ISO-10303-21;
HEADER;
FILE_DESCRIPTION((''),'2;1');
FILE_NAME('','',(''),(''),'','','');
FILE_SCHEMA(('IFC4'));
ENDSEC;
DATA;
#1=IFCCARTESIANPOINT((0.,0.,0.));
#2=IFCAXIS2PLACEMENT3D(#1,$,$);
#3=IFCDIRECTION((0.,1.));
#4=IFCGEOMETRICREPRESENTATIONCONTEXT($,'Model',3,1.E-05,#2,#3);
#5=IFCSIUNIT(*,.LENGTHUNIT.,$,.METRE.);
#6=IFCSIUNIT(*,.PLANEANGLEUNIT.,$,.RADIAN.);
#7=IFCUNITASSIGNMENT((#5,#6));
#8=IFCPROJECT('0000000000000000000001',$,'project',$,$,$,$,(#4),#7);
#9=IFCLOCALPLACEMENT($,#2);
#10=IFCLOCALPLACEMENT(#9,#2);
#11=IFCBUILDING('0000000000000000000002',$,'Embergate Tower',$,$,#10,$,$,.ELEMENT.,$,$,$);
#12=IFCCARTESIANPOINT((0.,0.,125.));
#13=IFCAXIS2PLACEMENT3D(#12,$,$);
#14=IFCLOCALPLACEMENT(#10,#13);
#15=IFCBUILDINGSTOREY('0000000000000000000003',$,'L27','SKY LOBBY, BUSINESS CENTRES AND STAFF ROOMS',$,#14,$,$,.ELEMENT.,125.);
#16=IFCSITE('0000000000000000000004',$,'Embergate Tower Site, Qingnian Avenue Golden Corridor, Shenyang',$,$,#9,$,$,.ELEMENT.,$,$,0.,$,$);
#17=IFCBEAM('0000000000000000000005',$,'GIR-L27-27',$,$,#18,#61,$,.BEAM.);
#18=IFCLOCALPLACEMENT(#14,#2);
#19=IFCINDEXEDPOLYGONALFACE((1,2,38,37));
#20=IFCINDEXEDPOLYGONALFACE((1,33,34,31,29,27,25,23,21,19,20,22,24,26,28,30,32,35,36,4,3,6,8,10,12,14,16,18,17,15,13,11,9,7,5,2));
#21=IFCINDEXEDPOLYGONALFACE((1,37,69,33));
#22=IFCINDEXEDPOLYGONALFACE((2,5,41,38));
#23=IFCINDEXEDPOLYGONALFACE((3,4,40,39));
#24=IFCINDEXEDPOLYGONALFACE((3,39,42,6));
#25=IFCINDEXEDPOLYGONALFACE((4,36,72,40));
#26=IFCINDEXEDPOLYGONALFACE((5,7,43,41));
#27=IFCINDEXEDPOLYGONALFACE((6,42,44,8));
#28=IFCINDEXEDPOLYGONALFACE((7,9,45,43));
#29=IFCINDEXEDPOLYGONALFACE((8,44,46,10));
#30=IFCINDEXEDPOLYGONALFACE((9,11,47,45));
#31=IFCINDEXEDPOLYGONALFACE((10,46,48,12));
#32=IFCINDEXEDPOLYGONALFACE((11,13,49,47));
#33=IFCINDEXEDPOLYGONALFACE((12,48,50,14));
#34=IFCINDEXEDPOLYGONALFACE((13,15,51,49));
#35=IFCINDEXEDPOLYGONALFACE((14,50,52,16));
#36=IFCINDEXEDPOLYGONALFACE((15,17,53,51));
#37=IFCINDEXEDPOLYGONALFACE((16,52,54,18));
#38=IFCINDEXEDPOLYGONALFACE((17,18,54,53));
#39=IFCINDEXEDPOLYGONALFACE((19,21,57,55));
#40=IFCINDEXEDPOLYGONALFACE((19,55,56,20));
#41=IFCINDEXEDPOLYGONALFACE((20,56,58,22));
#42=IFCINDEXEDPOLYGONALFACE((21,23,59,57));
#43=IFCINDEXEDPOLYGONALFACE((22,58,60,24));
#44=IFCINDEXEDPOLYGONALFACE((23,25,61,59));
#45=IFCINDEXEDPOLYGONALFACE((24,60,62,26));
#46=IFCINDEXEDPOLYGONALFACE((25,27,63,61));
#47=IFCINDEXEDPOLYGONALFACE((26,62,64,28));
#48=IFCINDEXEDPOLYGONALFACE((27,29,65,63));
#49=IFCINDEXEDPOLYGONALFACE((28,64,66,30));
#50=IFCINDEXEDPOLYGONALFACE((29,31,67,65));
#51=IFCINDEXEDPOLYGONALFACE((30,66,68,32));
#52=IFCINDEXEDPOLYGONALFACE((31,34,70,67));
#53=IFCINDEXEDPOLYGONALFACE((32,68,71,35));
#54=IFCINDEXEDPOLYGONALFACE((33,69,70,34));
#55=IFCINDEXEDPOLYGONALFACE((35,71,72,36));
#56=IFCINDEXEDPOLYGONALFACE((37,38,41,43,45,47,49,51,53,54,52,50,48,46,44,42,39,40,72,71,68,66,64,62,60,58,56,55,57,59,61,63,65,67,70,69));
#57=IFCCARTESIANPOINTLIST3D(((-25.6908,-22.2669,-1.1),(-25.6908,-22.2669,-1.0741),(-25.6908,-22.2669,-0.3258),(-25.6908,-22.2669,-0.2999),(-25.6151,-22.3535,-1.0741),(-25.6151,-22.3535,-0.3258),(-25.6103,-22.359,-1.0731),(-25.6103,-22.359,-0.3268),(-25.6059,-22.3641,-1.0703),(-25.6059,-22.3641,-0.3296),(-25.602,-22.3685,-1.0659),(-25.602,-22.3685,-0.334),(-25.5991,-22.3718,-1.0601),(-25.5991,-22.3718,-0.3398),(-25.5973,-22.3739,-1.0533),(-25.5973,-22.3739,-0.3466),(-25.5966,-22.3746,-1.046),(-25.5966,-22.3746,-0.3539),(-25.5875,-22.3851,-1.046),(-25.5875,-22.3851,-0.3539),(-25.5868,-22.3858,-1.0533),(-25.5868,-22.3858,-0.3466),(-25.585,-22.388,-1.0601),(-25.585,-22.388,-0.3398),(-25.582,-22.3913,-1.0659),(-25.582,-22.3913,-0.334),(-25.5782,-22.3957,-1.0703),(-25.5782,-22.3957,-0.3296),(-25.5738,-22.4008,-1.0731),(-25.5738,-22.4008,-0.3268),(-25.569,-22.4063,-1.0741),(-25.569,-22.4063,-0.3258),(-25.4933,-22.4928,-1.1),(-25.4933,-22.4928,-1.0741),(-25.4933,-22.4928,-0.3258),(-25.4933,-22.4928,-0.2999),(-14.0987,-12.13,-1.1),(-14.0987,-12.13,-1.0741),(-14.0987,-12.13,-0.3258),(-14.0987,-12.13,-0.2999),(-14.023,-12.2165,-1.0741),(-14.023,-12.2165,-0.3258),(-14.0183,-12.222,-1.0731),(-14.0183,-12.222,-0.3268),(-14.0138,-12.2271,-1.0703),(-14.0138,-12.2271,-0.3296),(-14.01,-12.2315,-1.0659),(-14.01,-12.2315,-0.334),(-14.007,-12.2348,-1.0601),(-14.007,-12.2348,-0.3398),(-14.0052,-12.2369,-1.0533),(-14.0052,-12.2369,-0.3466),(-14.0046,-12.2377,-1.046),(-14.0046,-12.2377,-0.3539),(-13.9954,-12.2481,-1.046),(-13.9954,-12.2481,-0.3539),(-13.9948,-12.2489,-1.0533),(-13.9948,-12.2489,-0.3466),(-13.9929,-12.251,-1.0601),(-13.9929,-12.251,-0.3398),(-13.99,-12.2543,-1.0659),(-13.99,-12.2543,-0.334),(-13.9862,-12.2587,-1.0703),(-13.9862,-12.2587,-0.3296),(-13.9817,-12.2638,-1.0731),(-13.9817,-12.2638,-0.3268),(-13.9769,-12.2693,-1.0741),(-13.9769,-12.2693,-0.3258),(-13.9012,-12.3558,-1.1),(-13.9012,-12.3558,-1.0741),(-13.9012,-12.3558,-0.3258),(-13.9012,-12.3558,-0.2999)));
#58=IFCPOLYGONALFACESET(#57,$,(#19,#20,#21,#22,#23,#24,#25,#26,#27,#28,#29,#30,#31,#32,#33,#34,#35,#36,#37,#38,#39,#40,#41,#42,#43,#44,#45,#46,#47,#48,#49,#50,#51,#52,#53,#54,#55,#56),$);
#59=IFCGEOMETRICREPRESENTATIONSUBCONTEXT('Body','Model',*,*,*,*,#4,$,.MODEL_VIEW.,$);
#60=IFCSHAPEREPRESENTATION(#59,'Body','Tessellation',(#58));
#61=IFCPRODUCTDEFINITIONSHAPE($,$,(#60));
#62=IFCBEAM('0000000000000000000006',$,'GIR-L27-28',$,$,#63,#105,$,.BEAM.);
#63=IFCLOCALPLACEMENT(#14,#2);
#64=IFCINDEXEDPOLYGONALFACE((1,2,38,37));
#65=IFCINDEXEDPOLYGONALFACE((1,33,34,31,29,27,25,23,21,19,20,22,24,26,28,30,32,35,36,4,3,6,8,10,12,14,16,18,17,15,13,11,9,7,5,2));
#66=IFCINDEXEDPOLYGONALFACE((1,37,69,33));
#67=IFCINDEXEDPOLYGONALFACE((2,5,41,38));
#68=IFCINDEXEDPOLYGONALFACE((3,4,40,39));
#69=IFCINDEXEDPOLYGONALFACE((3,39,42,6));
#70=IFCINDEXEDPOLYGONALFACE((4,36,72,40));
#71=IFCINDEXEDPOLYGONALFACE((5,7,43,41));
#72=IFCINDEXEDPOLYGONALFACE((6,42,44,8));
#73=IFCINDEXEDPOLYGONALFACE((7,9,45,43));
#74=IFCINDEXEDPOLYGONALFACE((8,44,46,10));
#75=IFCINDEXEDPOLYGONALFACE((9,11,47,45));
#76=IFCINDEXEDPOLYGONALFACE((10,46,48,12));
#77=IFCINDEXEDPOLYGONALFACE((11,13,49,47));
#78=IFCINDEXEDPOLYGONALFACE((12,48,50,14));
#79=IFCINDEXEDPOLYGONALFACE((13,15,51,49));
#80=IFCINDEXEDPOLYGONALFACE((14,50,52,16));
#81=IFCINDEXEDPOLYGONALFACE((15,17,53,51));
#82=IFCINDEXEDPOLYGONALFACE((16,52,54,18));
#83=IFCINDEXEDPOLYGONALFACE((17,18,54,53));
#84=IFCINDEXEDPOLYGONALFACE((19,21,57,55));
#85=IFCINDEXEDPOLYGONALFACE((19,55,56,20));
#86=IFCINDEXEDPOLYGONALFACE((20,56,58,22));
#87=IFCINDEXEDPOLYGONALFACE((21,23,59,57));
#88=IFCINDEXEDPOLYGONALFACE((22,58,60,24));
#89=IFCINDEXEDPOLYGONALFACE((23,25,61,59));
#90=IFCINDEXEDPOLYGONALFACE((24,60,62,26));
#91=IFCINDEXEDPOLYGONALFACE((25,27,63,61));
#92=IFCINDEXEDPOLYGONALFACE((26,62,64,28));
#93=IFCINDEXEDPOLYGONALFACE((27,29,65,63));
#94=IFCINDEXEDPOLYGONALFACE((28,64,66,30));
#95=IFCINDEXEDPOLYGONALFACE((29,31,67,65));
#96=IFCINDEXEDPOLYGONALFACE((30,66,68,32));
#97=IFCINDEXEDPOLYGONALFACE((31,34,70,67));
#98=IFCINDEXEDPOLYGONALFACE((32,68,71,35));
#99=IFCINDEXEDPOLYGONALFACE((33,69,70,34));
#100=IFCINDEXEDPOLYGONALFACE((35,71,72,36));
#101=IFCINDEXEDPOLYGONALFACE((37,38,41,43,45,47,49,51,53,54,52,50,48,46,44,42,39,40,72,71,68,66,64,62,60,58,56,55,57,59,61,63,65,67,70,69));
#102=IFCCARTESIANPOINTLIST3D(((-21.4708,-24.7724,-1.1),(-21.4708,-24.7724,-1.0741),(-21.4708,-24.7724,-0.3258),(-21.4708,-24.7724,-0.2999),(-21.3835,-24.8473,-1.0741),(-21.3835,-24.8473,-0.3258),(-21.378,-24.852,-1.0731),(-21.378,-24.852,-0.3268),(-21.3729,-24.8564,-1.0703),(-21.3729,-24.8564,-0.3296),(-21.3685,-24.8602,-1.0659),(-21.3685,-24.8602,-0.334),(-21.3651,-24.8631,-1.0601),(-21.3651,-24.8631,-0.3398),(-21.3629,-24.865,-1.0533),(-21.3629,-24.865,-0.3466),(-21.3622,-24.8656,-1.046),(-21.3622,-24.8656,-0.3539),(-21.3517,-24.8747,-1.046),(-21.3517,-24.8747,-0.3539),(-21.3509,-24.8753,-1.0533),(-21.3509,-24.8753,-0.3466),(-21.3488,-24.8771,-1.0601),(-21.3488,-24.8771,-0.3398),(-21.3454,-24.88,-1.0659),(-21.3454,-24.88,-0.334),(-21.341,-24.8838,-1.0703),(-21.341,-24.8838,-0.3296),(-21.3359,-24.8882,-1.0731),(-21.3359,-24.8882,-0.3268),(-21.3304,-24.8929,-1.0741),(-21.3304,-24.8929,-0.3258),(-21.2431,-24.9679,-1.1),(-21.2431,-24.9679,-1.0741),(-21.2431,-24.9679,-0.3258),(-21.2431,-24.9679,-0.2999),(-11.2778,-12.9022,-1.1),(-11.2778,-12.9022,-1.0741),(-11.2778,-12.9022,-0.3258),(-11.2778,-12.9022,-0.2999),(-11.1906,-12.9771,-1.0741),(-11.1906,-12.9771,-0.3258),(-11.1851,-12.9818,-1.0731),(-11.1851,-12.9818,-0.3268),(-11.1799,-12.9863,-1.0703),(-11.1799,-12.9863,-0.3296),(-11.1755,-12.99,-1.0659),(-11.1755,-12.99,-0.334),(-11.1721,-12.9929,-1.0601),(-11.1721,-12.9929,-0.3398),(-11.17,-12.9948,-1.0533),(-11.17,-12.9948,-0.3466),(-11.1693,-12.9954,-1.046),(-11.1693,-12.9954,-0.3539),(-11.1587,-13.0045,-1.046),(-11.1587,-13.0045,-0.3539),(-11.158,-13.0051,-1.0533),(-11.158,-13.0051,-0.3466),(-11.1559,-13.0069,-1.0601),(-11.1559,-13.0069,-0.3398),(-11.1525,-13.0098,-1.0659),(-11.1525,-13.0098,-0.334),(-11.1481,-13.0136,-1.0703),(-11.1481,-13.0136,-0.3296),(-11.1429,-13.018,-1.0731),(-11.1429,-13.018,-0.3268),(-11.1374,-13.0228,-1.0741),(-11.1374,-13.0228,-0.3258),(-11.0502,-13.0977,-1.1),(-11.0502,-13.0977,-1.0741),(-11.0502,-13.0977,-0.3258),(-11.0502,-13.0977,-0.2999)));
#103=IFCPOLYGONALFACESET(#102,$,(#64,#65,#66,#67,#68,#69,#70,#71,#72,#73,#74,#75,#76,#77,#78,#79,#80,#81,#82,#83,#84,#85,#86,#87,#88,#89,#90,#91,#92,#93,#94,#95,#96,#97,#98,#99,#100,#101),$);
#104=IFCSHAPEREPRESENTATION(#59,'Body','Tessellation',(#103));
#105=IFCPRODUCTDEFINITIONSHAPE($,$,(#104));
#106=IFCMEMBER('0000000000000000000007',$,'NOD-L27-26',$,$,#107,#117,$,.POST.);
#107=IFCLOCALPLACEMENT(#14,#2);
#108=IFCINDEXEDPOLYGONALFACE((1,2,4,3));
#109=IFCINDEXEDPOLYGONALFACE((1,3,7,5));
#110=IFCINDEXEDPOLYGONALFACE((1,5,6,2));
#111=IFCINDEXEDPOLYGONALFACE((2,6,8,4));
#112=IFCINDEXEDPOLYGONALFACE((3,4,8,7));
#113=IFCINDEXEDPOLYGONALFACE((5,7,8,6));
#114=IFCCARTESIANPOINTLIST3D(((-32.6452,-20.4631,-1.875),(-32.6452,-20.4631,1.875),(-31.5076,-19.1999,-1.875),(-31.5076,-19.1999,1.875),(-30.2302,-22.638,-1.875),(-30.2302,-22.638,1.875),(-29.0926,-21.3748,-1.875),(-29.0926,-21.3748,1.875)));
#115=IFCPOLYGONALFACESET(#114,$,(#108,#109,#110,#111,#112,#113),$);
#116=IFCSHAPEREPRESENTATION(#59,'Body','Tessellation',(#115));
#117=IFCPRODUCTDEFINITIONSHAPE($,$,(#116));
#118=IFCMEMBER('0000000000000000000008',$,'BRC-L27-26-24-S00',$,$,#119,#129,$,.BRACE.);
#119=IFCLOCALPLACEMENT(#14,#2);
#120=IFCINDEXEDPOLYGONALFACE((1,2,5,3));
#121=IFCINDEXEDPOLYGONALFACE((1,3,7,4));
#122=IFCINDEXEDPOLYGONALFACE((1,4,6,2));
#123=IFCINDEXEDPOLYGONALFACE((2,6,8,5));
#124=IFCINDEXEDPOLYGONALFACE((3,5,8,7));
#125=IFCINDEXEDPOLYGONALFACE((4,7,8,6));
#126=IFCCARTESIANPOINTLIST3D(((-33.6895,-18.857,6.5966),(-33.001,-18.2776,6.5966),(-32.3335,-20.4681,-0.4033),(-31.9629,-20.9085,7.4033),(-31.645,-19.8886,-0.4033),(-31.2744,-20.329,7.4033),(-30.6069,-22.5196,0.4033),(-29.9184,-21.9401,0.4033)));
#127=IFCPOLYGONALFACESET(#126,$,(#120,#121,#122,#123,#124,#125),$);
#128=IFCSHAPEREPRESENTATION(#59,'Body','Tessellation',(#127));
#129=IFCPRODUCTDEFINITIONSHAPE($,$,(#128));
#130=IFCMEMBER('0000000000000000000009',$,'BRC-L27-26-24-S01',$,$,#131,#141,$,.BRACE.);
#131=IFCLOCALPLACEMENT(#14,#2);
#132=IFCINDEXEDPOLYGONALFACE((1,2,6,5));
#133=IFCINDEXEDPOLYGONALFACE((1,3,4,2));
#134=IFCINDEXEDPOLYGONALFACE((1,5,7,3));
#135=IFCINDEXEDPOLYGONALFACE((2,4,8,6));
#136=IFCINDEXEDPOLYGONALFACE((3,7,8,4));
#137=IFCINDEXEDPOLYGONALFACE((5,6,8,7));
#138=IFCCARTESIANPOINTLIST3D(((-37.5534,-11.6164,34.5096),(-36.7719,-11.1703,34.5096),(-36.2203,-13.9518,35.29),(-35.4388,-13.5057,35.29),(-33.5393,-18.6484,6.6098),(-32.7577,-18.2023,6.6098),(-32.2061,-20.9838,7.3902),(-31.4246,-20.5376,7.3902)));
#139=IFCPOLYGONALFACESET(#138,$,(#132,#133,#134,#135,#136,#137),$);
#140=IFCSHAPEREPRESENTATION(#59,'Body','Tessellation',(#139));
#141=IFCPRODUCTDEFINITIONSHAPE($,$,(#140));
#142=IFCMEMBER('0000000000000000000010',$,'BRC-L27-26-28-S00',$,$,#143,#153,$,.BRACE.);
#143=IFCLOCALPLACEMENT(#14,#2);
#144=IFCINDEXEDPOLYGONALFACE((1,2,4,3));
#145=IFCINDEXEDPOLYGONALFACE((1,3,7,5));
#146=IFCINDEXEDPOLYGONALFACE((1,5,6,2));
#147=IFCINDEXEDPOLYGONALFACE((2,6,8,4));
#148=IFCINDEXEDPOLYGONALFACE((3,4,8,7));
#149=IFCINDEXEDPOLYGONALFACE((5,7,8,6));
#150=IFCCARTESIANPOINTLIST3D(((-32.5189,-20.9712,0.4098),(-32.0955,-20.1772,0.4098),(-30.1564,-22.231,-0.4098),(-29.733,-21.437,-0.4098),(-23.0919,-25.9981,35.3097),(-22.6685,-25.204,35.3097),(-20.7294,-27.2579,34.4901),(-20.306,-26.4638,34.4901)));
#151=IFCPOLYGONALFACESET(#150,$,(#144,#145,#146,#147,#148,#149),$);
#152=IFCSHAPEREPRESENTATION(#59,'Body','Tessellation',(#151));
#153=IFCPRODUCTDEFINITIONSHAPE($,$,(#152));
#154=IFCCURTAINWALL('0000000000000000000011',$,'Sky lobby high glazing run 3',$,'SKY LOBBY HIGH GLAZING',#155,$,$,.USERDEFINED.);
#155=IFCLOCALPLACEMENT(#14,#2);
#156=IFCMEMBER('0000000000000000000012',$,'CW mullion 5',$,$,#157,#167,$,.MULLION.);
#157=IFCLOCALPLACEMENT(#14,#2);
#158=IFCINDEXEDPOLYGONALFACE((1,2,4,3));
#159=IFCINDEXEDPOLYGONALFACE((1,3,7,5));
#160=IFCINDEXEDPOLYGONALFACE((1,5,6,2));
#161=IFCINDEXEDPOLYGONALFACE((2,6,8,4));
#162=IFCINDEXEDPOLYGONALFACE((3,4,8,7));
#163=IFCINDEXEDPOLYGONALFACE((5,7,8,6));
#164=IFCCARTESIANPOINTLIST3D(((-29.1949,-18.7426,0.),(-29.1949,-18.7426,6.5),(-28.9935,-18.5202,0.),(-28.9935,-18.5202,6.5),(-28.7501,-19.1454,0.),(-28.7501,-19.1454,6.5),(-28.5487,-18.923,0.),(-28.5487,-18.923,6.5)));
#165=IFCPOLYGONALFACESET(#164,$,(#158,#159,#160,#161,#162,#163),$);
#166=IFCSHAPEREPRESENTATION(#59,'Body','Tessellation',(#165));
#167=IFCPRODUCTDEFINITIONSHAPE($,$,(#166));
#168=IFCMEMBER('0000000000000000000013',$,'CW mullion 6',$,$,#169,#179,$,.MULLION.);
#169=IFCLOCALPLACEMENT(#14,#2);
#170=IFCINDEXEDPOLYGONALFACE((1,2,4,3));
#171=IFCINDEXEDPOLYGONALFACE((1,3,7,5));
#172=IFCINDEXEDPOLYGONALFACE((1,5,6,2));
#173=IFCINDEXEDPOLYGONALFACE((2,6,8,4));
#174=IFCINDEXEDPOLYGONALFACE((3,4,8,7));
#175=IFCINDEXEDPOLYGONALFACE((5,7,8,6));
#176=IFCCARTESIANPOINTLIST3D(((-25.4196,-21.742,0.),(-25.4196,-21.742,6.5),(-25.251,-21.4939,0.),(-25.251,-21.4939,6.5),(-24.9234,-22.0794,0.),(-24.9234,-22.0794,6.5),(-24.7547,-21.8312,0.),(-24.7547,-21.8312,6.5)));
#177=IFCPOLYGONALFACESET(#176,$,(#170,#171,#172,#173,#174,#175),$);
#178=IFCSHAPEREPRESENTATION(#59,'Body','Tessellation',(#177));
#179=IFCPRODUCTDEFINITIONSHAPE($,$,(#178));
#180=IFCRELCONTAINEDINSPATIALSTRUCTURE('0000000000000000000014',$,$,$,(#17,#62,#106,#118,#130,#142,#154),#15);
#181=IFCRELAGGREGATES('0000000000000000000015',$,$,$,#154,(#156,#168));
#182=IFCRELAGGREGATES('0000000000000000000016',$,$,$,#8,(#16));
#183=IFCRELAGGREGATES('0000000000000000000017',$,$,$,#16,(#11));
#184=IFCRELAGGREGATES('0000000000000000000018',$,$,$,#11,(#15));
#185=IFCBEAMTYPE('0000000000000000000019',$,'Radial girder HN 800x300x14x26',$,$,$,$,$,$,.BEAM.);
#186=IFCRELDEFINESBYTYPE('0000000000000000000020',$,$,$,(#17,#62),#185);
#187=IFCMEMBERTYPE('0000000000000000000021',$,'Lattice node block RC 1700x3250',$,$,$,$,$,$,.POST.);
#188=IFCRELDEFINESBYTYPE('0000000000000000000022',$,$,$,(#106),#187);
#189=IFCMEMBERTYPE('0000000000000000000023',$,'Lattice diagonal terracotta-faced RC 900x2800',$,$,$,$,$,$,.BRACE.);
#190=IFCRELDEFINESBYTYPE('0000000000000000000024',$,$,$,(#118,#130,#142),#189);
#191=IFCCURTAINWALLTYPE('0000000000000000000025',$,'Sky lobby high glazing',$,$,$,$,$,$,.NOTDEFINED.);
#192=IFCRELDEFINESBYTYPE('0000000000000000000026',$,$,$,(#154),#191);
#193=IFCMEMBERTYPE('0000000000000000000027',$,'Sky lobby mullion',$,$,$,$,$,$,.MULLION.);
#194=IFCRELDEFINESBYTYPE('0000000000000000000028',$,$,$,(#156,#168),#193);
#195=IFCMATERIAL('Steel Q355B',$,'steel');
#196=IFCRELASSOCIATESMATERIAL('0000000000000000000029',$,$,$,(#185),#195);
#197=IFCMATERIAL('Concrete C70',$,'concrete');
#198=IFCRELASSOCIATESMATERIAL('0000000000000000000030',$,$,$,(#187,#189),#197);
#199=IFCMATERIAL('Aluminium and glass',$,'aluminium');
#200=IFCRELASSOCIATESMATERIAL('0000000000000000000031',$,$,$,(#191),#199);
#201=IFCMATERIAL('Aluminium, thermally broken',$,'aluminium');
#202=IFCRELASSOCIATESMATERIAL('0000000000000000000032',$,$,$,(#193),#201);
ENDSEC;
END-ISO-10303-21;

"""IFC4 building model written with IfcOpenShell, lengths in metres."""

from ifc_helpers import new_model, si_unit, direction, frame, origin, origin_2d, place, context, subcontext, project, spatial, rectangle, i_section, extrude, source, transform, mapped, material, material_profile, profile_set, type_object, element, aggregate, save


model = new_model("IFC4")

# Units and contexts
model_context = context("Model", 3, precision=1e-05, world=origin(), true_north=direction((0.0, 1.0)))
body_context = subcontext(model_context, "Body", "Model", "MODEL_VIEW")
ifc_project = project(units=[si_unit("LENGTHUNIT", "METRE"), si_unit("PLANEANGLEUNIT", "RADIAN")], contexts=[model_context])

# Site, building, storey
site_placement = place(None, origin())
site = spatial("IfcSite", under=ifc_project, at=site_placement, Name="Embergate Tower Site, Qingnian Avenue Golden Corridor, Shenyang", CompositionType="ELEMENT", RefElevation=0.0)
building_placement = place(site_placement, origin())
building = spatial("IfcBuilding", under=site, at=building_placement, Name="Embergate Tower", CompositionType="ELEMENT")
storey_placement = place(building_placement, frame((0.0, 0.0, 125.0)))
storey = spatial("IfcBuildingStorey", under=building, at=storey_placement, Name="L27", Description="SKY LOBBY, BUSINESS CENTRES AND STAFF ROOMS", CompositionType="ELEMENT", Elevation=125.0)

# Shared definitions
ifc_material_1 = material(Name="Concrete C70", Category="concrete")

# Beams
ifc_material_2 = material(Name="Steel Q355B", Category="steel")
ifc_material_profile_1 = material_profile(ifc_material_2, i_section(OverallWidth=0.3, OverallDepth=0.8, WebThickness=0.0139, FlangeThickness=0.0259, FilletRadius=0.0281, at=origin_2d()), Name="HN 800x300x14x26")
ifc_profile_set_1 = profile_set([ifc_material_profile_1], Name="Steel Q355 grade B")
beam_type_1 = type_object("IfcBeamType", Name="Radial girder HN 800x300x14x26", PredefinedType="BEAM", material=ifc_profile_set_1)
shared_shape_1 = source(origin(), body_context, "Body", "SweptSolid", [
    extrude(i_section(OverallWidth=0.3, OverallDepth=0.8, WebThickness=0.0139, FlangeThickness=0.0259, FilletRadius=0.0281, at=origin_2d()), origin(), (0.0, 0.0, 1.0), 15.3992),
])
beam_1_placement = place(storey_placement, frame((-25.592, -22.3799, -0.7), z_axis=(0.752772, 0.658281, 0.0), x_axis=(-0.658281, 0.752772, 0.0)))
element("IfcBeam", 1, at=beam_1_placement, inside=storey, type_object=beam_type_1, Name="GIR-L27-27", PredefinedType="BEAM", context=body_context, shape_type="MappedRepresentation", body=[
    mapped(shared_shape_1, transform((0.0, 0.0, 0.0))),
])
shared_shape_2 = source(origin(), body_context, "Body", "SweptSolid", [
    extrude(i_section(OverallWidth=0.3, OverallDepth=0.8, WebThickness=0.0139, FlangeThickness=0.0259, FilletRadius=0.0281, at=origin_2d()), origin(), (0.0, 0.0, 1.0), 15.646),
])
beam_2_placement = place(storey_placement, frame((-21.3569, -24.8701, -0.7), z_axis=(0.651472, 0.758673, 0.0), x_axis=(-0.758673, 0.651472, 0.0)))
element("IfcBeam", 2, at=beam_2_placement, inside=storey, type_object=beam_type_1, Name="GIR-L27-28", PredefinedType="BEAM", context=body_context, shape_type="MappedRepresentation", body=[
    mapped(shared_shape_2, transform((0.0, 0.0, 0.0))),
])

# Members
ifc_material_profile_2 = material_profile(ifc_material_1, rectangle(XDim=1.7, YDim=3.25, at=origin_2d()), Name="RC 1700x3250")
ifc_profile_set_2 = profile_set([ifc_material_profile_2], Name="Concrete C70")
member_type_1 = type_object("IfcMemberType", Name="Lattice node block RC 1700x3250", PredefinedType="POST", material=ifc_profile_set_2)
shared_shape_3 = source(origin(), body_context, "Body", "SweptSolid", [
    extrude(rectangle(XDim=1.7, YDim=3.25, at=origin_2d()), origin(), (0.0, 0.0, 1.0), 3.75),
])
member_1_placement = place(storey_placement, frame((-30.8689, -20.9189, -1.875), z_axis=(0.0, 0.0, 1.0), x_axis=(-0.669208, -0.743075, 0.0)))
element("IfcMember", 3, at=member_1_placement, inside=storey, type_object=member_type_1, Name="NOD-L27-26", PredefinedType="POST", context=body_context, shape_type="MappedRepresentation", body=[
    mapped(shared_shape_3, transform((0.0, 0.0, 0.0))),
])
ifc_material_profile_3 = material_profile(ifc_material_1, rectangle(XDim=0.8999, YDim=2.8, at=origin_2d()), Name="RC 900x2800")
ifc_profile_set_3 = profile_set([ifc_material_profile_3], Name="Concrete C70")
member_type_2 = type_object("IfcMemberType", Name="Lattice diagonal terracotta-faced RC 900x2800", PredefinedType="BRACE", material=ifc_profile_set_3)
shared_shape_4 = source(origin(), body_context, "Body", "SweptSolid", [
    extrude(rectangle(XDim=0.8999, YDim=2.8, at=origin_2d()), origin(), (0.0, 0.0, 1.0), 7.3098),
])
member_2_placement = place(storey_placement, frame((-31.126, -21.2041, 0.0), z_axis=(-0.185497, 0.220398, 0.957609), x_axis=(-0.765086, -0.643929, 0.0)))
element("IfcMember", 4, at=member_2_placement, inside=storey, type_object=member_type_2, Name="BRC-L27-26-24-S00", PredefinedType="BRACE", context=body_context, shape_type="MappedRepresentation", body=[
    mapped(shared_shape_4, transform((0.0, 0.0, 0.0))),
])
shared_shape_5 = source(origin(), body_context, "Body", "SweptSolid", [
    extrude(rectangle(XDim=0.8999, YDim=2.8, at=origin_2d()), origin(), (0.0, 0.0, 1.0), 29.051),
])
member_3_placement = place(storey_placement, frame((-32.4819, -19.593, 7.0), z_axis=(-0.138176, 0.242056, 0.960373), x_axis=(-0.868462, -0.495756, 0.0)))
element("IfcMember", 5, at=member_3_placement, inside=storey, type_object=member_type_2, Name="BRC-L27-26-24-S01", PredefinedType="BRACE", context=body_context, shape_type="MappedRepresentation", body=[
    mapped(shared_shape_5, transform((0.0, 0.0, 0.0))),
])
shared_shape_6 = source(origin(), body_context, "Body", "SweptSolid", [
    extrude(rectangle(XDim=0.8999, YDim=2.8, at=origin_2d()), origin(), (0.0, 0.0, 1.0), 36.4985),
])
member_4_placement = place(storey_placement, frame((-31.126, -21.2041, 0.0), z_axis=(0.258285, -0.137728, 0.956201), x_axis=(0.470524, 0.882387, 0.0)))
element("IfcMember", 6, at=member_4_placement, inside=storey, type_object=member_type_2, Name="BRC-L27-26-28-S00", PredefinedType="BRACE", context=body_context, shape_type="MappedRepresentation", body=[
    mapped(shared_shape_6, transform((0.0, 0.0, 0.0))),
])

# Curtain wall, members
ifc_material_3 = material(Name="Aluminium and glass", Category="aluminium")
curtain_wall_type = type_object("IfcCurtainWallType", Name="Sky lobby high glazing", PredefinedType="NOTDEFINED", material=ifc_material_3)
curtain_wall_placement = place(storey_placement, origin())
curtain_wall = element("IfcCurtainWall", 7, at=curtain_wall_placement, inside=storey, type_object=curtain_wall_type, Name="Sky lobby high glazing run 3", ObjectType="SKY LOBBY HIGH GLAZING", PredefinedType="USERDEFINED")
ifc_material_4 = material(Name="Aluminium, thermally broken", Category="aluminium")
ifc_material_profile_4 = material_profile(ifc_material_4, rectangle(XDim=0.3, YDim=0.6001, at=origin_2d()), Name="AL 600x300")
ifc_profile_set_4 = profile_set([ifc_material_profile_4], Name="Aluminium, thermally broken")
member_type_3 = type_object("IfcMemberType", Name="Sky lobby mullion", PredefinedType="MULLION", material=ifc_profile_set_4)
shared_shape_7 = source(origin(), body_context, "Body", "SweptSolid", [
    extrude(rectangle(XDim=0.3, YDim=0.6001, at=origin_2d()), origin(), (0.0, 0.0, 1.0), 6.5),
])
member_5_placement = place(storey_placement, frame((-28.8718, -18.8328, 0.0), z_axis=(0.0, 0.0, 1.0), x_axis=(0.671219, 0.741259, 0.0)))
member_5 = element("IfcMember", 8, at=member_5_placement, type_object=member_type_3, Name="CW mullion 5", PredefinedType="MULLION", context=body_context, shape_type="MappedRepresentation", body=[
    mapped(shared_shape_7, transform((0.0, 0.0, 0.0))),
])
member_6_placement = place(storey_placement, frame((-25.0872, -21.7866, 0.0), z_axis=(0.0, 0.0, 1.0), x_axis=(0.562209, 0.826995, 0.0)))
member_6 = element("IfcMember", 9, at=member_6_placement, type_object=member_type_3, Name="CW mullion 6", PredefinedType="MULLION", context=body_context, shape_type="MappedRepresentation", body=[
    mapped(shared_shape_7, transform((0.0, 0.0, 0.0))),
])
aggregate(curtain_wall, [member_5, member_6])

save(model, "model.ifc")
